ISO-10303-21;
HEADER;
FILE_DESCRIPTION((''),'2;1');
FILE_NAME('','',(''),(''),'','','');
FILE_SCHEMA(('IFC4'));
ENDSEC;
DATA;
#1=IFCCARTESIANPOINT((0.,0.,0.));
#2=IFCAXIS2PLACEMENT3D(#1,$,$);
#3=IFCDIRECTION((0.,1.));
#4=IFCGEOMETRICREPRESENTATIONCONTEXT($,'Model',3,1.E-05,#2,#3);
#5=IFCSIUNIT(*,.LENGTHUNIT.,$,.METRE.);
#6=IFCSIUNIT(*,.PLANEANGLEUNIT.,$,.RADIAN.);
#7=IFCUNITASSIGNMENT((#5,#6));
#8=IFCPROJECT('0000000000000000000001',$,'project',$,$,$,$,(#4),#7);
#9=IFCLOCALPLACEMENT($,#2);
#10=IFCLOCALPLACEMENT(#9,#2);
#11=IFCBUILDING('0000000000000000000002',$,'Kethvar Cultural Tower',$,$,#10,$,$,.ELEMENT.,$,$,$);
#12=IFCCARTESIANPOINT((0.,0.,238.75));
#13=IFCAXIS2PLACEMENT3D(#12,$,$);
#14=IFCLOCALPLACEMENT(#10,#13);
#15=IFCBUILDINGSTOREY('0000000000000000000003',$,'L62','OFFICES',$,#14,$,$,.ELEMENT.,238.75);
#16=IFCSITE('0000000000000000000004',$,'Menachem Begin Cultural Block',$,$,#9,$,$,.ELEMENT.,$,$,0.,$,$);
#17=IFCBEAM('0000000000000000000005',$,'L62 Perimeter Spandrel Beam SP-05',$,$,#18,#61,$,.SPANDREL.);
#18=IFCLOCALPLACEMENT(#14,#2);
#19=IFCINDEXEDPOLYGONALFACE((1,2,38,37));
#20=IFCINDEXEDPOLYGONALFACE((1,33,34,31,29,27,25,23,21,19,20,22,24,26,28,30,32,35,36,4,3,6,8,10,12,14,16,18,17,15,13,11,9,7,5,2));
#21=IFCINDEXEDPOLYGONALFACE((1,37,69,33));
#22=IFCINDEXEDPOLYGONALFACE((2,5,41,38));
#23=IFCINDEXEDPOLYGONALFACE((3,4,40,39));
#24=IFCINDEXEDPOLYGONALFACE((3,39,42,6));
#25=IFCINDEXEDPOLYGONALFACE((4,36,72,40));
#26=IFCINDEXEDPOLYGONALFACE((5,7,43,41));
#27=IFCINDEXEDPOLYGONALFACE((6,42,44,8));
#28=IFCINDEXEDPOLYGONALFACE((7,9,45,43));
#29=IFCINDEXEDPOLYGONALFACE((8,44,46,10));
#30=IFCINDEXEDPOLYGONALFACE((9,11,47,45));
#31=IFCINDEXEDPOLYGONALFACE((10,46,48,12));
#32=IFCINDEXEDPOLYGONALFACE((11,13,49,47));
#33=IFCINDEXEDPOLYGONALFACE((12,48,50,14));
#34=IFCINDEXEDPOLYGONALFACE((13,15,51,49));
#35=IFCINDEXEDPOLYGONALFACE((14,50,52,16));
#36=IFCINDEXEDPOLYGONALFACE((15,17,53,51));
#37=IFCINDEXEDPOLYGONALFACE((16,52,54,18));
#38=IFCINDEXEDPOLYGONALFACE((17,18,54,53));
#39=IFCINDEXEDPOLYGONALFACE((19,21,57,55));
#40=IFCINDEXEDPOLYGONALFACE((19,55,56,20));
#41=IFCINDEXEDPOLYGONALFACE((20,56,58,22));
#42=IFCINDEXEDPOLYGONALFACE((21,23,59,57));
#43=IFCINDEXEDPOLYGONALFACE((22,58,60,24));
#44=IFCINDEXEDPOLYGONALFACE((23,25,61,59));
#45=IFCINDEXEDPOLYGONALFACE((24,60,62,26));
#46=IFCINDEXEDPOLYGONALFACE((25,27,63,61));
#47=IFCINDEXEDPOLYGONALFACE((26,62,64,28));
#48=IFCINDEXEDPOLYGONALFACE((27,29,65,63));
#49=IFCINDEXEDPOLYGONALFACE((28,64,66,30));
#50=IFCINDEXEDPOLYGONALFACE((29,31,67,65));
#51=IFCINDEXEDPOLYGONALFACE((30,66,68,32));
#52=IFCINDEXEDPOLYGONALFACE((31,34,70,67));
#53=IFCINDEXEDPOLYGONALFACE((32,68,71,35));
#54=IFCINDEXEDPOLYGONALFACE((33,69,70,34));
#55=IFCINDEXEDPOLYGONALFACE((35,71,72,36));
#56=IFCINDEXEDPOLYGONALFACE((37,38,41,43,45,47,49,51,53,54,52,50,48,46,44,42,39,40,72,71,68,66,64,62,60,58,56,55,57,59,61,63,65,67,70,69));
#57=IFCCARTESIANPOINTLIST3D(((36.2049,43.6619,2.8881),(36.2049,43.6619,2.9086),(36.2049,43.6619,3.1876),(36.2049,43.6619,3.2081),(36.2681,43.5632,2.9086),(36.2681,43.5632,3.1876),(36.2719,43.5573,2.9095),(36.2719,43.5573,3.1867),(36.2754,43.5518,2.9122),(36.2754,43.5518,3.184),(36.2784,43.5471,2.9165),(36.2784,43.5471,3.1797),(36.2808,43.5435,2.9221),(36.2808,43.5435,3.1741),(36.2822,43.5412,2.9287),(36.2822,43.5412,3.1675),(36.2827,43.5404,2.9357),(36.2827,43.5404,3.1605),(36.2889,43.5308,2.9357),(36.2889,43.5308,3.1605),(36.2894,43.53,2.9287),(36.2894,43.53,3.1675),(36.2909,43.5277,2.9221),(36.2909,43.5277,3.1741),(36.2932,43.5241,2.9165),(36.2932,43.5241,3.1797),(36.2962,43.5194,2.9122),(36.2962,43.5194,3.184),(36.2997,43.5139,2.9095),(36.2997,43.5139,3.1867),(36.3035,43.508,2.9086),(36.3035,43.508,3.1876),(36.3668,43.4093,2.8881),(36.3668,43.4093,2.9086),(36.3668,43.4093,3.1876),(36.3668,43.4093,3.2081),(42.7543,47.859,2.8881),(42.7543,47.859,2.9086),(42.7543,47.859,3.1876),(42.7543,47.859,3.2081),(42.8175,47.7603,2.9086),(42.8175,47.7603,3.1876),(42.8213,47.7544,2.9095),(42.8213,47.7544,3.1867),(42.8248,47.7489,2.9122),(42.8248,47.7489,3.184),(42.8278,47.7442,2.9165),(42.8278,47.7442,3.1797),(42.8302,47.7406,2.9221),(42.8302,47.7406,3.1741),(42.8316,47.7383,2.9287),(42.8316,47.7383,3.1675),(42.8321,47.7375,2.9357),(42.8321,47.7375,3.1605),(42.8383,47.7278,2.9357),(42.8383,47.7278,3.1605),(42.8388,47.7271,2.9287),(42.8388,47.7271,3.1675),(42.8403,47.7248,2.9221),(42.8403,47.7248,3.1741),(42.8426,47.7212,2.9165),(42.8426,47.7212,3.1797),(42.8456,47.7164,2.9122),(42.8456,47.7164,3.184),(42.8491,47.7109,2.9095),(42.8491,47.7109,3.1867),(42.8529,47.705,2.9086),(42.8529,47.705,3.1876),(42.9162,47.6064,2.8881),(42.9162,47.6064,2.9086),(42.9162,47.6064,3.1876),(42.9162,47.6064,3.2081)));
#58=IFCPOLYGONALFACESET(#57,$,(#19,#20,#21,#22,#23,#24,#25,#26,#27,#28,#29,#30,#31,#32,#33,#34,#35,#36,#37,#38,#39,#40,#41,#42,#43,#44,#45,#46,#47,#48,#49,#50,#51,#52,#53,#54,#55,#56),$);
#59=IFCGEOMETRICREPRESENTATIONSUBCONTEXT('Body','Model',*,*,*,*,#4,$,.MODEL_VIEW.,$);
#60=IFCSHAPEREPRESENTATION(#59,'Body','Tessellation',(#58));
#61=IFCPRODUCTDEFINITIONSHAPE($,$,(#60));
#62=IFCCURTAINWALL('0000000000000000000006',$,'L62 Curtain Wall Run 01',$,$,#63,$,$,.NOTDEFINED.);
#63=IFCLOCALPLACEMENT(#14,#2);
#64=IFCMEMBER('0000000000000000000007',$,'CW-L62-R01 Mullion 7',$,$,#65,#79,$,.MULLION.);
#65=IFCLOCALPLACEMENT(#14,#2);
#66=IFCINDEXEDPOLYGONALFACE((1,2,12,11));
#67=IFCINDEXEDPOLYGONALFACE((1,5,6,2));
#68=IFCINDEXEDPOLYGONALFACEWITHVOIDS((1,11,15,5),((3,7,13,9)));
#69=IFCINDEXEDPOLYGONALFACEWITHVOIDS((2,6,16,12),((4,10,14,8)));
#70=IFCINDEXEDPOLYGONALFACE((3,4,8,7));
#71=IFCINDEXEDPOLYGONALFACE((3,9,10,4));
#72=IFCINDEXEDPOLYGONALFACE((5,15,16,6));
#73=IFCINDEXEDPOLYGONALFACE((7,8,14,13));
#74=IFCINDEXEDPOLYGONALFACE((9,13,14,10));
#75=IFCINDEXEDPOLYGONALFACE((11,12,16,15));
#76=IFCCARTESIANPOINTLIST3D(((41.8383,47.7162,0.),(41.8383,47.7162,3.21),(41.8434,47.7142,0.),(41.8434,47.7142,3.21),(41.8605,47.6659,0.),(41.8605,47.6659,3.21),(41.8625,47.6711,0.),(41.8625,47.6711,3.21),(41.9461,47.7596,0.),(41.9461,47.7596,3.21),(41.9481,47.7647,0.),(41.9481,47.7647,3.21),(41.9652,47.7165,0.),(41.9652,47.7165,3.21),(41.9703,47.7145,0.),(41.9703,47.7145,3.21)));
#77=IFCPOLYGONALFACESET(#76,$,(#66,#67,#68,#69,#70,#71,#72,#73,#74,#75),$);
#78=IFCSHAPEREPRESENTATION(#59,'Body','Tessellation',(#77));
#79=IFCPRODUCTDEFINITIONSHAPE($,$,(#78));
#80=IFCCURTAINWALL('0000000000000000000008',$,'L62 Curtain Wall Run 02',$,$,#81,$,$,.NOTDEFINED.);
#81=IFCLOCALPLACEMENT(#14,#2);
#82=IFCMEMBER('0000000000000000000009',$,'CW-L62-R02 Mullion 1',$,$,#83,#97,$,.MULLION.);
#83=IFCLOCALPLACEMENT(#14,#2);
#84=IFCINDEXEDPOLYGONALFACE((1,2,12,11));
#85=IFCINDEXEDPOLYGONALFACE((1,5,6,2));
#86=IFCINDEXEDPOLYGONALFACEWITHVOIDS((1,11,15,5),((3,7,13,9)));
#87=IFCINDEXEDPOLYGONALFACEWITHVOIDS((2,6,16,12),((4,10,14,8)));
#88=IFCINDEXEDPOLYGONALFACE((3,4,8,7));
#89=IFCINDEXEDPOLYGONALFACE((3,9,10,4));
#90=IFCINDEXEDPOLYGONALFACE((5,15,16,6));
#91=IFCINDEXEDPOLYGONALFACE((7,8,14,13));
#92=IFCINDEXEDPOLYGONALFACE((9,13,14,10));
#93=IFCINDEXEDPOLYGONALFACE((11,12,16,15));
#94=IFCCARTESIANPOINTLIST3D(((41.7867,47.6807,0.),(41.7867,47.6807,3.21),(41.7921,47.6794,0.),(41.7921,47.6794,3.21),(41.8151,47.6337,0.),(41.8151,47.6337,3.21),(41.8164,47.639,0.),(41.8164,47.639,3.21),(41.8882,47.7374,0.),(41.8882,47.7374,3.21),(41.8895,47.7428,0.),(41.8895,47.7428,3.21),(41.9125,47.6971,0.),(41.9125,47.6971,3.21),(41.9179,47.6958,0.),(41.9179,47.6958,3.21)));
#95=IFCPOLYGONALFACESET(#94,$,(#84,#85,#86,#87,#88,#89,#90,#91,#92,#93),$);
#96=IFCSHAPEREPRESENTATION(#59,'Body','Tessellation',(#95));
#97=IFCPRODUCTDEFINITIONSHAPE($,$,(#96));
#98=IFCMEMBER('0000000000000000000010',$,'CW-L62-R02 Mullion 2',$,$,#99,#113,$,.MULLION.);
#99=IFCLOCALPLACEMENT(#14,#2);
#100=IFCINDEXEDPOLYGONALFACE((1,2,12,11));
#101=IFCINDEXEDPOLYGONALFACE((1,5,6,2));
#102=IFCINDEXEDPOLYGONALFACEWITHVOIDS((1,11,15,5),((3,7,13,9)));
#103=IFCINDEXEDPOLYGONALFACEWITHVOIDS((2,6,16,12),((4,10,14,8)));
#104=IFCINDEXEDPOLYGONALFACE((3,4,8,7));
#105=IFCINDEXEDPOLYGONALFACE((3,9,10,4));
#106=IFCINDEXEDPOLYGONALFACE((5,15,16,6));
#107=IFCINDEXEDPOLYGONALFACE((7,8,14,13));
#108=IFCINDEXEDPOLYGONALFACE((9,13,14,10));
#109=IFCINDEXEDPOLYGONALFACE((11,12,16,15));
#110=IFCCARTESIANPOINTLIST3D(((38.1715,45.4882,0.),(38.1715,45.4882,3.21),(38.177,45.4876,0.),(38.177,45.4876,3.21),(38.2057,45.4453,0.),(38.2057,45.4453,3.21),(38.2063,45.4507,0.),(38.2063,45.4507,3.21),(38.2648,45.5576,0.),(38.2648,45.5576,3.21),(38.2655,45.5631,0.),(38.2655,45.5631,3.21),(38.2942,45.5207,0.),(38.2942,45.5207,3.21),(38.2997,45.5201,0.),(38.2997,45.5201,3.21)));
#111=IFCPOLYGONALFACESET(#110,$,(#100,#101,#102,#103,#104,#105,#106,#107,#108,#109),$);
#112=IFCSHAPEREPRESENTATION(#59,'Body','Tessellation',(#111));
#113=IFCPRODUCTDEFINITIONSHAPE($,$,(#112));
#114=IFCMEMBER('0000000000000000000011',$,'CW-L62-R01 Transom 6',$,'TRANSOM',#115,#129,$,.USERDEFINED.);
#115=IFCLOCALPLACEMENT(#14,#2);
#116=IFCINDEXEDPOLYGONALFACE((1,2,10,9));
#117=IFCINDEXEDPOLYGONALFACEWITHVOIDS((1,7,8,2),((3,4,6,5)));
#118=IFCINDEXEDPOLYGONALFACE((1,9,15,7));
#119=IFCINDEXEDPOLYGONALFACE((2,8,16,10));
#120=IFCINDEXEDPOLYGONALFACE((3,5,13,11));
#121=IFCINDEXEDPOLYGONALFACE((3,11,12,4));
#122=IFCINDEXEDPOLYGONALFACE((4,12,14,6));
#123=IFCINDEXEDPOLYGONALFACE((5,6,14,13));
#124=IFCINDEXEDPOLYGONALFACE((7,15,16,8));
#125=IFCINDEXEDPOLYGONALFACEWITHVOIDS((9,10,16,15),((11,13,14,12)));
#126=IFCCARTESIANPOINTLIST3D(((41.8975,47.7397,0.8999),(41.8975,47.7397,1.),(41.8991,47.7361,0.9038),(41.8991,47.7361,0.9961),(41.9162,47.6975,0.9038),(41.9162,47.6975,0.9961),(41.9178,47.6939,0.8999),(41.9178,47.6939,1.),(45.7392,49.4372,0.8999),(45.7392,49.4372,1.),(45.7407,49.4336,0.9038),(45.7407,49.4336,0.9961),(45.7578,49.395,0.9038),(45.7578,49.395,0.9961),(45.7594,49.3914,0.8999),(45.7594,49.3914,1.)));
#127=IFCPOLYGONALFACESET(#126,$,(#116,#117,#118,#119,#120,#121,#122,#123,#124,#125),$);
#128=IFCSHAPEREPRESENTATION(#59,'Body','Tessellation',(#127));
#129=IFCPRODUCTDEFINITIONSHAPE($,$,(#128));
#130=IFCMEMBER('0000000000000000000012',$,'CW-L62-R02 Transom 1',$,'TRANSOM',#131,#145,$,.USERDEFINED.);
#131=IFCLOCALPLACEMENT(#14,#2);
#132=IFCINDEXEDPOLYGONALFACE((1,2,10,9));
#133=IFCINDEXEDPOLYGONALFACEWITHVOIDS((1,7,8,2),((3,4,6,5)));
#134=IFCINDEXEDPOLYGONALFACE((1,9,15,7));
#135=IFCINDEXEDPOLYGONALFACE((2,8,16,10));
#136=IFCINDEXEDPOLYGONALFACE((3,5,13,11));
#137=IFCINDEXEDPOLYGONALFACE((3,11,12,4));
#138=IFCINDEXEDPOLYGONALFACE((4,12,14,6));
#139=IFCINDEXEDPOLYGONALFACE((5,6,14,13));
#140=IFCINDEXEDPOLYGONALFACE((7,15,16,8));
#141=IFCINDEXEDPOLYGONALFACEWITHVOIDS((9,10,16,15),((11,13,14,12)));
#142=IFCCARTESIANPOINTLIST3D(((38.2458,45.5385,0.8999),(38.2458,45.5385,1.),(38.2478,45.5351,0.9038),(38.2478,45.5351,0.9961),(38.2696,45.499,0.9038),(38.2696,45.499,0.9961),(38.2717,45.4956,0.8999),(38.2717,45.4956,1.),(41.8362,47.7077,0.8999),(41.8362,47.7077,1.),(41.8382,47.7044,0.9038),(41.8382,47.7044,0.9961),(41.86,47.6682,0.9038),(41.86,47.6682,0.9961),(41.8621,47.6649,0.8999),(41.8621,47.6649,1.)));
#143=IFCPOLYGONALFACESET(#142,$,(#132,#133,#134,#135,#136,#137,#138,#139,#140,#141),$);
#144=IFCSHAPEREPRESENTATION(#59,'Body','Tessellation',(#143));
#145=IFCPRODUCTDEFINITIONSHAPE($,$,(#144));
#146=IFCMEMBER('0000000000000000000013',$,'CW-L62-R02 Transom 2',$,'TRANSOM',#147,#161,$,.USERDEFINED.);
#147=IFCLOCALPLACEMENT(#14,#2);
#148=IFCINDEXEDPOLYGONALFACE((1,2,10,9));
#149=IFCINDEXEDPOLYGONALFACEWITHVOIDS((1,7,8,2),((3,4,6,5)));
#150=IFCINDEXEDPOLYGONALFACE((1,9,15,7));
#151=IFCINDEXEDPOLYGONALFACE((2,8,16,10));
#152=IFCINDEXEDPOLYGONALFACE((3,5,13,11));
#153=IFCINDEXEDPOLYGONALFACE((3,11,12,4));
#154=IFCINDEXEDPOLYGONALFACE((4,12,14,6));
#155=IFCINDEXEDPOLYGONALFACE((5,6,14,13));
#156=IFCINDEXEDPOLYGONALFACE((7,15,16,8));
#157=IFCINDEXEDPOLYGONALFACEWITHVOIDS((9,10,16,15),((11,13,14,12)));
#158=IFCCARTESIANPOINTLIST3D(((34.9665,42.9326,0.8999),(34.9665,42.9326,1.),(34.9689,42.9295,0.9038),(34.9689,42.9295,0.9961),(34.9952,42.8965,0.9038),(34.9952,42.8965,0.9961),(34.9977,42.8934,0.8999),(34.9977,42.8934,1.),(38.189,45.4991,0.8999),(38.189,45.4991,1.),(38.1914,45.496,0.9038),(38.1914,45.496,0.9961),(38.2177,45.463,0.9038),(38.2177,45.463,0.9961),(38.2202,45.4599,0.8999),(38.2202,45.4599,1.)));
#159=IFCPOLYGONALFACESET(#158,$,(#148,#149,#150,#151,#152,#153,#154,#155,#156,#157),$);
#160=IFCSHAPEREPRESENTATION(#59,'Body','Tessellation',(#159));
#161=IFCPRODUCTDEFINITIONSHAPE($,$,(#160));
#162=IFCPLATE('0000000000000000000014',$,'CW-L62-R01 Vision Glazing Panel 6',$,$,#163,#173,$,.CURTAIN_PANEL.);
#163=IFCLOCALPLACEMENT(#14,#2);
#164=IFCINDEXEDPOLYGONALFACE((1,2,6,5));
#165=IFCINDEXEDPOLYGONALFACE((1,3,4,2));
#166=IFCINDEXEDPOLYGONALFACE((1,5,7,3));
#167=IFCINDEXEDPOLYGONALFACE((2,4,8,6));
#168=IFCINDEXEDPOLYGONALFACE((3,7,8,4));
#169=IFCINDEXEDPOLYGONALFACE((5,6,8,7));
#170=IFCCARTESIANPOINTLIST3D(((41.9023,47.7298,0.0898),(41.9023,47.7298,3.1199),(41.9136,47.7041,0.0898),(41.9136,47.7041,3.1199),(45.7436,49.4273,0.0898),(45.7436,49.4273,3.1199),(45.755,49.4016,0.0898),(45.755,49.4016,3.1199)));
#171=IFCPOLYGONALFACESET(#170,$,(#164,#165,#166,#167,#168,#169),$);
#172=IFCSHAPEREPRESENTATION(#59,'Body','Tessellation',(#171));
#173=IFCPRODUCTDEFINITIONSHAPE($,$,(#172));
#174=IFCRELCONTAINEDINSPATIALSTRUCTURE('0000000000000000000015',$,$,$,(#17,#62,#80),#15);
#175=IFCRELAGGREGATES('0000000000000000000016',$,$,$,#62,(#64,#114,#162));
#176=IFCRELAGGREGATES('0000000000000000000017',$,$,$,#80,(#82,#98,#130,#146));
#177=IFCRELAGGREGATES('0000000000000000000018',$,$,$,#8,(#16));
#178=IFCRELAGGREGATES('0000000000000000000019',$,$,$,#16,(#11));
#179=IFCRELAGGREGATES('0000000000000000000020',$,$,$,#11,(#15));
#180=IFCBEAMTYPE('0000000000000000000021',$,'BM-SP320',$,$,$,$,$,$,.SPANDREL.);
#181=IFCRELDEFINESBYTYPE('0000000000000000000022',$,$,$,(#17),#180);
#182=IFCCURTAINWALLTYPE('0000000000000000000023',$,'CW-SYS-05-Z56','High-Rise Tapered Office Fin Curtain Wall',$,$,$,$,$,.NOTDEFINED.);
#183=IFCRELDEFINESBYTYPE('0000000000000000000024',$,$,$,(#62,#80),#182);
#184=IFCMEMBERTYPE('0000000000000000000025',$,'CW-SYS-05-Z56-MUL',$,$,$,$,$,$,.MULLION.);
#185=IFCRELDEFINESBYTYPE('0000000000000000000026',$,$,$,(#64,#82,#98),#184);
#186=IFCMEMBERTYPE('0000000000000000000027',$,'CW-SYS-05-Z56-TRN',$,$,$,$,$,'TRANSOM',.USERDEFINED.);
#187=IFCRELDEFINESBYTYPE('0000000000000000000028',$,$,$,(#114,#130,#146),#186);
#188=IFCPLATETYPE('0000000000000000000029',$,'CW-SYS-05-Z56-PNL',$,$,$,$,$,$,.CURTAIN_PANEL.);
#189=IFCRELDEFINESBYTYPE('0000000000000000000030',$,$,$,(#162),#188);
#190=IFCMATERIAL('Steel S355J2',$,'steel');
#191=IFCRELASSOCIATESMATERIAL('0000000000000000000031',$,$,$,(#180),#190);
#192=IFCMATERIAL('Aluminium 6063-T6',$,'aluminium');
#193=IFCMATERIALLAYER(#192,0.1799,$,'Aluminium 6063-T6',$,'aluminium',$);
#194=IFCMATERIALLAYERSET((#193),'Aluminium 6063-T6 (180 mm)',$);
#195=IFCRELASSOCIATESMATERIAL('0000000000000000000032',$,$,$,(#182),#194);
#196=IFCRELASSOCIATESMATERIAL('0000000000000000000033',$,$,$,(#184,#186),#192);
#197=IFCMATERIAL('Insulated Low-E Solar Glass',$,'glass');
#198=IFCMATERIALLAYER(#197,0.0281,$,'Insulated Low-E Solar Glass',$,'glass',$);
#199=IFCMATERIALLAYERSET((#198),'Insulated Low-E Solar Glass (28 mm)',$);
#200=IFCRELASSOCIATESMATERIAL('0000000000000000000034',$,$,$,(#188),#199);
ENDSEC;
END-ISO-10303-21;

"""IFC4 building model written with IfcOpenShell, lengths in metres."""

from ifc_helpers import new_model, si_unit, direction, frame, origin, origin_2d, place, context, subcontext, project, spatial, rectangle, hollow_rectangle, i_section, extrude, source, transform, mapped, material, layer, layer_set, material_profile, profile_set, type_object, element, aggregate, save


model = new_model("IFC4")

# Units and contexts
model_context = context("Model", 3, precision=1e-05, world=origin(), true_north=direction((0.0, 1.0)))
body_context = subcontext(model_context, "Body", "Model", "MODEL_VIEW")
ifc_project = project(units=[si_unit("LENGTHUNIT", "METRE"), si_unit("PLANEANGLEUNIT", "RADIAN")], contexts=[model_context])

# Site, building, storey
site_placement = place(None, origin())
site = spatial("IfcSite", under=ifc_project, at=site_placement, Name="Menachem Begin Cultural Block", CompositionType="ELEMENT", RefElevation=0.0)
building_placement = place(site_placement, origin())
building = spatial("IfcBuilding", under=site, at=building_placement, Name="Kethvar Cultural Tower", CompositionType="ELEMENT")
storey_placement = place(building_placement, frame((0.0, 0.0, 238.75)))
storey = spatial("IfcBuildingStorey", under=building, at=storey_placement, Name="L62", Description="OFFICES", CompositionType="ELEMENT", Elevation=238.75)

# Beam
ifc_material_1 = material(Name="Steel S355J2", Category="steel")
ifc_material_profile_1 = material_profile(ifc_material_1, i_section(OverallWidth=0.3, OverallDepth=0.3201, WebThickness=0.0115, FlangeThickness=0.0205, FilletRadius=0.0271, at=origin_2d()), Name="Steel S355J2 — HEB320")
ifc_profile_set_1 = profile_set([ifc_material_profile_1], Name="Steel S355J2 — HEB320")
beam_type_1 = type_object("IfcBeamType", Name="BM-SP320", PredefinedType="SPANDREL", material=ifc_profile_set_1)
shared_shape_1 = source(origin(), body_context, "Body", "SweptSolid", [
    extrude(i_section(OverallWidth=0.3, OverallDepth=0.3201, WebThickness=0.0115, FlangeThickness=0.0205, FilletRadius=0.0271, at=origin_2d()), origin(), (0.0, 0.0, 1.0), 7.7788),
])
beam_1_placement = place(storey_placement, frame((42.8352, 47.7327, 3.0481), z_axis=(-0.841953, -0.539551, 0.0), x_axis=(0.539551, -0.841953, 0.0)))
element("IfcBeam", 1, at=beam_1_placement, inside=storey, type_object=beam_type_1, Name="L62 Perimeter Spandrel Beam SP-05", PredefinedType="SPANDREL", context=body_context, shape_type="MappedRepresentation", body=[
    mapped(shared_shape_1, transform((0.0, 0.0, 0.0), scale=1.0)),
])

# Curtain wall, member
ifc_material_2 = material(Name="Aluminium 6063-T6", Category="aluminium")
ifc_layer_1 = layer(ifc_material_2, 0.1799, Name="Aluminium 6063-T6", Category="aluminium")
ifc_layer_set_1 = layer_set([ifc_layer_1], Name="Aluminium 6063-T6 (180 mm)")
curtain_wall_type = type_object("IfcCurtainWallType", Name="CW-SYS-05-Z56", Description="High-Rise Tapered Office Fin Curtain Wall", PredefinedType="NOTDEFINED", material=ifc_layer_set_1)
curtain_wall_1_placement = place(storey_placement, origin())
curtain_wall_1 = element("IfcCurtainWall", 2, at=curtain_wall_1_placement, inside=storey, type_object=curtain_wall_type, Name="L62 Curtain Wall Run 01", PredefinedType="NOTDEFINED")
ifc_material_profile_2 = material_profile(ifc_material_2, hollow_rectangle(XDim=0.0549, YDim=0.1201, WallThickness=0.0039, at=origin_2d()), Name="Aluminium 6063-T6 — RHS120x55x4")
ifc_profile_set_2 = profile_set([ifc_material_profile_2], Name="Aluminium 6063-T6 — RHS120x55x4")
member_type_1 = type_object("IfcMemberType", Name="CW-SYS-05-Z56-MUL", PredefinedType="MULLION", material=ifc_profile_set_2)
shared_shape_2 = source(origin(), body_context, "Body", "SweptSolid", [
    extrude(hollow_rectangle(XDim=0.0549, YDim=0.1201, WallThickness=0.0039, at=origin_2d()), origin(), (0.0, 0.0, 1.0), 3.21),
])
member_1_placement = place(storey_placement, frame((41.9043, 47.7153, 0.0), z_axis=(0.0, 0.0, 1.0), x_axis=(0.4042, -0.914671, 0.0)))
member_1 = element("IfcMember", 3, at=member_1_placement, type_object=member_type_1, Name="CW-L62-R01 Mullion 7", PredefinedType="MULLION", context=body_context, shape_type="MappedRepresentation", body=[
    mapped(shared_shape_2, transform((0.0, 0.0, 0.0), scale=1.0)),
])

# Curtain wall, members
curtain_wall_2_placement = place(storey_placement, origin())
curtain_wall_2 = element("IfcCurtainWall", 4, at=curtain_wall_2_placement, inside=storey, type_object=curtain_wall_type, Name="L62 Curtain Wall Run 02", PredefinedType="NOTDEFINED")
member_2_placement = place(storey_placement, frame((41.8523, 47.6882, 0.0), z_axis=(0.0, 0.0, 1.0), x_axis=(0.517131, -0.855906, 0.0)))
member_2 = element("IfcMember", 5, at=member_2_placement, type_object=member_type_1, Name="CW-L62-R02 Mullion 1", PredefinedType="MULLION", context=body_context, shape_type="MappedRepresentation", body=[
    mapped(shared_shape_2, transform((0.0, 0.0, 0.0), scale=1.0)),
])
member_3_placement = place(storey_placement, frame((38.2356, 45.5042, 0.0), z_axis=(0.0, 0.0, 1.0), x_axis=(0.622979, -0.782239, 0.0)))
member_3 = element("IfcMember", 6, at=member_3_placement, type_object=member_type_1, Name="CW-L62-R02 Mullion 2", PredefinedType="MULLION", context=body_context, shape_type="MappedRepresentation", body=[
    mapped(shared_shape_2, transform((0.0, 0.0, 0.0), scale=1.0)),
])

# Members
ifc_material_profile_3 = material_profile(ifc_material_2, hollow_rectangle(XDim=0.05, YDim=0.1001, WallThickness=0.0039, at=origin_2d()), Name="Aluminium 6063-T6 — RHS100x50x4")
ifc_profile_set_3 = profile_set([ifc_material_profile_3], Name="Aluminium 6063-T6 — RHS100x50x4")
member_type_2 = type_object("IfcMemberType", Name="CW-SYS-05-Z56-TRN", ElementType="TRANSOM", PredefinedType="USERDEFINED", material=ifc_profile_set_3)
shared_shape_3 = source(origin(), body_context, "Body", "SweptSolid", [
    extrude(hollow_rectangle(XDim=0.05, YDim=0.1001, WallThickness=0.0039, at=origin_2d()), origin(), (0.0, 0.0, 1.0), 4.2),
])
member_4_placement = place(storey_placement, frame((45.7493, 49.4143, 0.95), z_axis=(-0.91468, -0.40418, 0.0), x_axis=(0.40418, -0.91468, 0.0)))
member_4 = element("IfcMember", 7, at=member_4_placement, type_object=member_type_2, Name="CW-L62-R01 Transom 6", ObjectType="TRANSOM", PredefinedType="USERDEFINED", context=body_context, shape_type="MappedRepresentation", body=[
    mapped(shared_shape_3, transform((0.0, 0.0, 0.0), scale=1.0)),
])
shared_shape_4 = source(origin(), body_context, "Body", "SweptSolid", [
    extrude(hollow_rectangle(XDim=0.05, YDim=0.1001, WallThickness=0.0039, at=origin_2d()), origin(), (0.0, 0.0, 1.0), 4.1948),
])
member_5_placement = place(storey_placement, frame((41.8491, 47.6863, 0.95), z_axis=(-0.855912, -0.517121, 0.0), x_axis=(0.517121, -0.855912, 0.0)))
member_5 = element("IfcMember", 8, at=member_5_placement, type_object=member_type_2, Name="CW-L62-R02 Transom 1", ObjectType="TRANSOM", PredefinedType="USERDEFINED", context=body_context, shape_type="MappedRepresentation", body=[
    mapped(shared_shape_4, transform((0.0, 0.0, 0.0), scale=1.0)),
])
shared_shape_5 = source(origin(), body_context, "Body", "SweptSolid", [
    extrude(hollow_rectangle(XDim=0.05, YDim=0.1001, WallThickness=0.0039, at=origin_2d()), origin(), (0.0, 0.0, 1.0), 4.1196),
])
member_6_placement = place(storey_placement, frame((38.2046, 45.4795, 0.95), z_axis=(-0.782231, -0.622988, 0.0), x_axis=(0.622988, -0.782231, 0.0)))
member_6 = element("IfcMember", 9, at=member_6_placement, type_object=member_type_2, Name="CW-L62-R02 Transom 2", ObjectType="TRANSOM", PredefinedType="USERDEFINED", context=body_context, shape_type="MappedRepresentation", body=[
    mapped(shared_shape_5, transform((0.0, 0.0, 0.0), scale=1.0)),
])

# Plate
ifc_material_3 = material(Name="Insulated Low-E Solar Glass", Category="glass")
ifc_layer_2 = layer(ifc_material_3, 0.0281, Name="Insulated Low-E Solar Glass", Category="glass")
ifc_layer_set_2 = layer_set([ifc_layer_2], Name="Insulated Low-E Solar Glass (28 mm)")
plate_type = type_object("IfcPlateType", Name="CW-SYS-05-Z56-PNL", PredefinedType="CURTAIN_PANEL", material=ifc_layer_set_2)
shared_shape_6 = source(origin(), body_context, "Body", "SweptSolid", [
    extrude(rectangle(XDim=4.1997, YDim=0.0281, at=origin_2d()), origin(), (0.0, 0.0, 1.0), 3.03),
])
plate_1_placement = place(storey_placement, frame((43.8286, 48.5657, 0.0898), z_axis=(0.0, 0.0, 1.0), x_axis=(-0.914671, -0.4042, 0.0)))
plate_1 = element("IfcPlate", 10, at=plate_1_placement, type_object=plate_type, Name="CW-L62-R01 Vision Glazing Panel 6", PredefinedType="CURTAIN_PANEL", context=body_context, shape_type="MappedRepresentation", body=[
    mapped(shared_shape_6, transform((0.0, 0.0, 0.0), scale=1.0)),
])
aggregate(curtain_wall_1, [member_1, member_4, plate_1])
aggregate(curtain_wall_2, [member_2, member_3, member_5, member_6])

save(model, "model.ifc")
